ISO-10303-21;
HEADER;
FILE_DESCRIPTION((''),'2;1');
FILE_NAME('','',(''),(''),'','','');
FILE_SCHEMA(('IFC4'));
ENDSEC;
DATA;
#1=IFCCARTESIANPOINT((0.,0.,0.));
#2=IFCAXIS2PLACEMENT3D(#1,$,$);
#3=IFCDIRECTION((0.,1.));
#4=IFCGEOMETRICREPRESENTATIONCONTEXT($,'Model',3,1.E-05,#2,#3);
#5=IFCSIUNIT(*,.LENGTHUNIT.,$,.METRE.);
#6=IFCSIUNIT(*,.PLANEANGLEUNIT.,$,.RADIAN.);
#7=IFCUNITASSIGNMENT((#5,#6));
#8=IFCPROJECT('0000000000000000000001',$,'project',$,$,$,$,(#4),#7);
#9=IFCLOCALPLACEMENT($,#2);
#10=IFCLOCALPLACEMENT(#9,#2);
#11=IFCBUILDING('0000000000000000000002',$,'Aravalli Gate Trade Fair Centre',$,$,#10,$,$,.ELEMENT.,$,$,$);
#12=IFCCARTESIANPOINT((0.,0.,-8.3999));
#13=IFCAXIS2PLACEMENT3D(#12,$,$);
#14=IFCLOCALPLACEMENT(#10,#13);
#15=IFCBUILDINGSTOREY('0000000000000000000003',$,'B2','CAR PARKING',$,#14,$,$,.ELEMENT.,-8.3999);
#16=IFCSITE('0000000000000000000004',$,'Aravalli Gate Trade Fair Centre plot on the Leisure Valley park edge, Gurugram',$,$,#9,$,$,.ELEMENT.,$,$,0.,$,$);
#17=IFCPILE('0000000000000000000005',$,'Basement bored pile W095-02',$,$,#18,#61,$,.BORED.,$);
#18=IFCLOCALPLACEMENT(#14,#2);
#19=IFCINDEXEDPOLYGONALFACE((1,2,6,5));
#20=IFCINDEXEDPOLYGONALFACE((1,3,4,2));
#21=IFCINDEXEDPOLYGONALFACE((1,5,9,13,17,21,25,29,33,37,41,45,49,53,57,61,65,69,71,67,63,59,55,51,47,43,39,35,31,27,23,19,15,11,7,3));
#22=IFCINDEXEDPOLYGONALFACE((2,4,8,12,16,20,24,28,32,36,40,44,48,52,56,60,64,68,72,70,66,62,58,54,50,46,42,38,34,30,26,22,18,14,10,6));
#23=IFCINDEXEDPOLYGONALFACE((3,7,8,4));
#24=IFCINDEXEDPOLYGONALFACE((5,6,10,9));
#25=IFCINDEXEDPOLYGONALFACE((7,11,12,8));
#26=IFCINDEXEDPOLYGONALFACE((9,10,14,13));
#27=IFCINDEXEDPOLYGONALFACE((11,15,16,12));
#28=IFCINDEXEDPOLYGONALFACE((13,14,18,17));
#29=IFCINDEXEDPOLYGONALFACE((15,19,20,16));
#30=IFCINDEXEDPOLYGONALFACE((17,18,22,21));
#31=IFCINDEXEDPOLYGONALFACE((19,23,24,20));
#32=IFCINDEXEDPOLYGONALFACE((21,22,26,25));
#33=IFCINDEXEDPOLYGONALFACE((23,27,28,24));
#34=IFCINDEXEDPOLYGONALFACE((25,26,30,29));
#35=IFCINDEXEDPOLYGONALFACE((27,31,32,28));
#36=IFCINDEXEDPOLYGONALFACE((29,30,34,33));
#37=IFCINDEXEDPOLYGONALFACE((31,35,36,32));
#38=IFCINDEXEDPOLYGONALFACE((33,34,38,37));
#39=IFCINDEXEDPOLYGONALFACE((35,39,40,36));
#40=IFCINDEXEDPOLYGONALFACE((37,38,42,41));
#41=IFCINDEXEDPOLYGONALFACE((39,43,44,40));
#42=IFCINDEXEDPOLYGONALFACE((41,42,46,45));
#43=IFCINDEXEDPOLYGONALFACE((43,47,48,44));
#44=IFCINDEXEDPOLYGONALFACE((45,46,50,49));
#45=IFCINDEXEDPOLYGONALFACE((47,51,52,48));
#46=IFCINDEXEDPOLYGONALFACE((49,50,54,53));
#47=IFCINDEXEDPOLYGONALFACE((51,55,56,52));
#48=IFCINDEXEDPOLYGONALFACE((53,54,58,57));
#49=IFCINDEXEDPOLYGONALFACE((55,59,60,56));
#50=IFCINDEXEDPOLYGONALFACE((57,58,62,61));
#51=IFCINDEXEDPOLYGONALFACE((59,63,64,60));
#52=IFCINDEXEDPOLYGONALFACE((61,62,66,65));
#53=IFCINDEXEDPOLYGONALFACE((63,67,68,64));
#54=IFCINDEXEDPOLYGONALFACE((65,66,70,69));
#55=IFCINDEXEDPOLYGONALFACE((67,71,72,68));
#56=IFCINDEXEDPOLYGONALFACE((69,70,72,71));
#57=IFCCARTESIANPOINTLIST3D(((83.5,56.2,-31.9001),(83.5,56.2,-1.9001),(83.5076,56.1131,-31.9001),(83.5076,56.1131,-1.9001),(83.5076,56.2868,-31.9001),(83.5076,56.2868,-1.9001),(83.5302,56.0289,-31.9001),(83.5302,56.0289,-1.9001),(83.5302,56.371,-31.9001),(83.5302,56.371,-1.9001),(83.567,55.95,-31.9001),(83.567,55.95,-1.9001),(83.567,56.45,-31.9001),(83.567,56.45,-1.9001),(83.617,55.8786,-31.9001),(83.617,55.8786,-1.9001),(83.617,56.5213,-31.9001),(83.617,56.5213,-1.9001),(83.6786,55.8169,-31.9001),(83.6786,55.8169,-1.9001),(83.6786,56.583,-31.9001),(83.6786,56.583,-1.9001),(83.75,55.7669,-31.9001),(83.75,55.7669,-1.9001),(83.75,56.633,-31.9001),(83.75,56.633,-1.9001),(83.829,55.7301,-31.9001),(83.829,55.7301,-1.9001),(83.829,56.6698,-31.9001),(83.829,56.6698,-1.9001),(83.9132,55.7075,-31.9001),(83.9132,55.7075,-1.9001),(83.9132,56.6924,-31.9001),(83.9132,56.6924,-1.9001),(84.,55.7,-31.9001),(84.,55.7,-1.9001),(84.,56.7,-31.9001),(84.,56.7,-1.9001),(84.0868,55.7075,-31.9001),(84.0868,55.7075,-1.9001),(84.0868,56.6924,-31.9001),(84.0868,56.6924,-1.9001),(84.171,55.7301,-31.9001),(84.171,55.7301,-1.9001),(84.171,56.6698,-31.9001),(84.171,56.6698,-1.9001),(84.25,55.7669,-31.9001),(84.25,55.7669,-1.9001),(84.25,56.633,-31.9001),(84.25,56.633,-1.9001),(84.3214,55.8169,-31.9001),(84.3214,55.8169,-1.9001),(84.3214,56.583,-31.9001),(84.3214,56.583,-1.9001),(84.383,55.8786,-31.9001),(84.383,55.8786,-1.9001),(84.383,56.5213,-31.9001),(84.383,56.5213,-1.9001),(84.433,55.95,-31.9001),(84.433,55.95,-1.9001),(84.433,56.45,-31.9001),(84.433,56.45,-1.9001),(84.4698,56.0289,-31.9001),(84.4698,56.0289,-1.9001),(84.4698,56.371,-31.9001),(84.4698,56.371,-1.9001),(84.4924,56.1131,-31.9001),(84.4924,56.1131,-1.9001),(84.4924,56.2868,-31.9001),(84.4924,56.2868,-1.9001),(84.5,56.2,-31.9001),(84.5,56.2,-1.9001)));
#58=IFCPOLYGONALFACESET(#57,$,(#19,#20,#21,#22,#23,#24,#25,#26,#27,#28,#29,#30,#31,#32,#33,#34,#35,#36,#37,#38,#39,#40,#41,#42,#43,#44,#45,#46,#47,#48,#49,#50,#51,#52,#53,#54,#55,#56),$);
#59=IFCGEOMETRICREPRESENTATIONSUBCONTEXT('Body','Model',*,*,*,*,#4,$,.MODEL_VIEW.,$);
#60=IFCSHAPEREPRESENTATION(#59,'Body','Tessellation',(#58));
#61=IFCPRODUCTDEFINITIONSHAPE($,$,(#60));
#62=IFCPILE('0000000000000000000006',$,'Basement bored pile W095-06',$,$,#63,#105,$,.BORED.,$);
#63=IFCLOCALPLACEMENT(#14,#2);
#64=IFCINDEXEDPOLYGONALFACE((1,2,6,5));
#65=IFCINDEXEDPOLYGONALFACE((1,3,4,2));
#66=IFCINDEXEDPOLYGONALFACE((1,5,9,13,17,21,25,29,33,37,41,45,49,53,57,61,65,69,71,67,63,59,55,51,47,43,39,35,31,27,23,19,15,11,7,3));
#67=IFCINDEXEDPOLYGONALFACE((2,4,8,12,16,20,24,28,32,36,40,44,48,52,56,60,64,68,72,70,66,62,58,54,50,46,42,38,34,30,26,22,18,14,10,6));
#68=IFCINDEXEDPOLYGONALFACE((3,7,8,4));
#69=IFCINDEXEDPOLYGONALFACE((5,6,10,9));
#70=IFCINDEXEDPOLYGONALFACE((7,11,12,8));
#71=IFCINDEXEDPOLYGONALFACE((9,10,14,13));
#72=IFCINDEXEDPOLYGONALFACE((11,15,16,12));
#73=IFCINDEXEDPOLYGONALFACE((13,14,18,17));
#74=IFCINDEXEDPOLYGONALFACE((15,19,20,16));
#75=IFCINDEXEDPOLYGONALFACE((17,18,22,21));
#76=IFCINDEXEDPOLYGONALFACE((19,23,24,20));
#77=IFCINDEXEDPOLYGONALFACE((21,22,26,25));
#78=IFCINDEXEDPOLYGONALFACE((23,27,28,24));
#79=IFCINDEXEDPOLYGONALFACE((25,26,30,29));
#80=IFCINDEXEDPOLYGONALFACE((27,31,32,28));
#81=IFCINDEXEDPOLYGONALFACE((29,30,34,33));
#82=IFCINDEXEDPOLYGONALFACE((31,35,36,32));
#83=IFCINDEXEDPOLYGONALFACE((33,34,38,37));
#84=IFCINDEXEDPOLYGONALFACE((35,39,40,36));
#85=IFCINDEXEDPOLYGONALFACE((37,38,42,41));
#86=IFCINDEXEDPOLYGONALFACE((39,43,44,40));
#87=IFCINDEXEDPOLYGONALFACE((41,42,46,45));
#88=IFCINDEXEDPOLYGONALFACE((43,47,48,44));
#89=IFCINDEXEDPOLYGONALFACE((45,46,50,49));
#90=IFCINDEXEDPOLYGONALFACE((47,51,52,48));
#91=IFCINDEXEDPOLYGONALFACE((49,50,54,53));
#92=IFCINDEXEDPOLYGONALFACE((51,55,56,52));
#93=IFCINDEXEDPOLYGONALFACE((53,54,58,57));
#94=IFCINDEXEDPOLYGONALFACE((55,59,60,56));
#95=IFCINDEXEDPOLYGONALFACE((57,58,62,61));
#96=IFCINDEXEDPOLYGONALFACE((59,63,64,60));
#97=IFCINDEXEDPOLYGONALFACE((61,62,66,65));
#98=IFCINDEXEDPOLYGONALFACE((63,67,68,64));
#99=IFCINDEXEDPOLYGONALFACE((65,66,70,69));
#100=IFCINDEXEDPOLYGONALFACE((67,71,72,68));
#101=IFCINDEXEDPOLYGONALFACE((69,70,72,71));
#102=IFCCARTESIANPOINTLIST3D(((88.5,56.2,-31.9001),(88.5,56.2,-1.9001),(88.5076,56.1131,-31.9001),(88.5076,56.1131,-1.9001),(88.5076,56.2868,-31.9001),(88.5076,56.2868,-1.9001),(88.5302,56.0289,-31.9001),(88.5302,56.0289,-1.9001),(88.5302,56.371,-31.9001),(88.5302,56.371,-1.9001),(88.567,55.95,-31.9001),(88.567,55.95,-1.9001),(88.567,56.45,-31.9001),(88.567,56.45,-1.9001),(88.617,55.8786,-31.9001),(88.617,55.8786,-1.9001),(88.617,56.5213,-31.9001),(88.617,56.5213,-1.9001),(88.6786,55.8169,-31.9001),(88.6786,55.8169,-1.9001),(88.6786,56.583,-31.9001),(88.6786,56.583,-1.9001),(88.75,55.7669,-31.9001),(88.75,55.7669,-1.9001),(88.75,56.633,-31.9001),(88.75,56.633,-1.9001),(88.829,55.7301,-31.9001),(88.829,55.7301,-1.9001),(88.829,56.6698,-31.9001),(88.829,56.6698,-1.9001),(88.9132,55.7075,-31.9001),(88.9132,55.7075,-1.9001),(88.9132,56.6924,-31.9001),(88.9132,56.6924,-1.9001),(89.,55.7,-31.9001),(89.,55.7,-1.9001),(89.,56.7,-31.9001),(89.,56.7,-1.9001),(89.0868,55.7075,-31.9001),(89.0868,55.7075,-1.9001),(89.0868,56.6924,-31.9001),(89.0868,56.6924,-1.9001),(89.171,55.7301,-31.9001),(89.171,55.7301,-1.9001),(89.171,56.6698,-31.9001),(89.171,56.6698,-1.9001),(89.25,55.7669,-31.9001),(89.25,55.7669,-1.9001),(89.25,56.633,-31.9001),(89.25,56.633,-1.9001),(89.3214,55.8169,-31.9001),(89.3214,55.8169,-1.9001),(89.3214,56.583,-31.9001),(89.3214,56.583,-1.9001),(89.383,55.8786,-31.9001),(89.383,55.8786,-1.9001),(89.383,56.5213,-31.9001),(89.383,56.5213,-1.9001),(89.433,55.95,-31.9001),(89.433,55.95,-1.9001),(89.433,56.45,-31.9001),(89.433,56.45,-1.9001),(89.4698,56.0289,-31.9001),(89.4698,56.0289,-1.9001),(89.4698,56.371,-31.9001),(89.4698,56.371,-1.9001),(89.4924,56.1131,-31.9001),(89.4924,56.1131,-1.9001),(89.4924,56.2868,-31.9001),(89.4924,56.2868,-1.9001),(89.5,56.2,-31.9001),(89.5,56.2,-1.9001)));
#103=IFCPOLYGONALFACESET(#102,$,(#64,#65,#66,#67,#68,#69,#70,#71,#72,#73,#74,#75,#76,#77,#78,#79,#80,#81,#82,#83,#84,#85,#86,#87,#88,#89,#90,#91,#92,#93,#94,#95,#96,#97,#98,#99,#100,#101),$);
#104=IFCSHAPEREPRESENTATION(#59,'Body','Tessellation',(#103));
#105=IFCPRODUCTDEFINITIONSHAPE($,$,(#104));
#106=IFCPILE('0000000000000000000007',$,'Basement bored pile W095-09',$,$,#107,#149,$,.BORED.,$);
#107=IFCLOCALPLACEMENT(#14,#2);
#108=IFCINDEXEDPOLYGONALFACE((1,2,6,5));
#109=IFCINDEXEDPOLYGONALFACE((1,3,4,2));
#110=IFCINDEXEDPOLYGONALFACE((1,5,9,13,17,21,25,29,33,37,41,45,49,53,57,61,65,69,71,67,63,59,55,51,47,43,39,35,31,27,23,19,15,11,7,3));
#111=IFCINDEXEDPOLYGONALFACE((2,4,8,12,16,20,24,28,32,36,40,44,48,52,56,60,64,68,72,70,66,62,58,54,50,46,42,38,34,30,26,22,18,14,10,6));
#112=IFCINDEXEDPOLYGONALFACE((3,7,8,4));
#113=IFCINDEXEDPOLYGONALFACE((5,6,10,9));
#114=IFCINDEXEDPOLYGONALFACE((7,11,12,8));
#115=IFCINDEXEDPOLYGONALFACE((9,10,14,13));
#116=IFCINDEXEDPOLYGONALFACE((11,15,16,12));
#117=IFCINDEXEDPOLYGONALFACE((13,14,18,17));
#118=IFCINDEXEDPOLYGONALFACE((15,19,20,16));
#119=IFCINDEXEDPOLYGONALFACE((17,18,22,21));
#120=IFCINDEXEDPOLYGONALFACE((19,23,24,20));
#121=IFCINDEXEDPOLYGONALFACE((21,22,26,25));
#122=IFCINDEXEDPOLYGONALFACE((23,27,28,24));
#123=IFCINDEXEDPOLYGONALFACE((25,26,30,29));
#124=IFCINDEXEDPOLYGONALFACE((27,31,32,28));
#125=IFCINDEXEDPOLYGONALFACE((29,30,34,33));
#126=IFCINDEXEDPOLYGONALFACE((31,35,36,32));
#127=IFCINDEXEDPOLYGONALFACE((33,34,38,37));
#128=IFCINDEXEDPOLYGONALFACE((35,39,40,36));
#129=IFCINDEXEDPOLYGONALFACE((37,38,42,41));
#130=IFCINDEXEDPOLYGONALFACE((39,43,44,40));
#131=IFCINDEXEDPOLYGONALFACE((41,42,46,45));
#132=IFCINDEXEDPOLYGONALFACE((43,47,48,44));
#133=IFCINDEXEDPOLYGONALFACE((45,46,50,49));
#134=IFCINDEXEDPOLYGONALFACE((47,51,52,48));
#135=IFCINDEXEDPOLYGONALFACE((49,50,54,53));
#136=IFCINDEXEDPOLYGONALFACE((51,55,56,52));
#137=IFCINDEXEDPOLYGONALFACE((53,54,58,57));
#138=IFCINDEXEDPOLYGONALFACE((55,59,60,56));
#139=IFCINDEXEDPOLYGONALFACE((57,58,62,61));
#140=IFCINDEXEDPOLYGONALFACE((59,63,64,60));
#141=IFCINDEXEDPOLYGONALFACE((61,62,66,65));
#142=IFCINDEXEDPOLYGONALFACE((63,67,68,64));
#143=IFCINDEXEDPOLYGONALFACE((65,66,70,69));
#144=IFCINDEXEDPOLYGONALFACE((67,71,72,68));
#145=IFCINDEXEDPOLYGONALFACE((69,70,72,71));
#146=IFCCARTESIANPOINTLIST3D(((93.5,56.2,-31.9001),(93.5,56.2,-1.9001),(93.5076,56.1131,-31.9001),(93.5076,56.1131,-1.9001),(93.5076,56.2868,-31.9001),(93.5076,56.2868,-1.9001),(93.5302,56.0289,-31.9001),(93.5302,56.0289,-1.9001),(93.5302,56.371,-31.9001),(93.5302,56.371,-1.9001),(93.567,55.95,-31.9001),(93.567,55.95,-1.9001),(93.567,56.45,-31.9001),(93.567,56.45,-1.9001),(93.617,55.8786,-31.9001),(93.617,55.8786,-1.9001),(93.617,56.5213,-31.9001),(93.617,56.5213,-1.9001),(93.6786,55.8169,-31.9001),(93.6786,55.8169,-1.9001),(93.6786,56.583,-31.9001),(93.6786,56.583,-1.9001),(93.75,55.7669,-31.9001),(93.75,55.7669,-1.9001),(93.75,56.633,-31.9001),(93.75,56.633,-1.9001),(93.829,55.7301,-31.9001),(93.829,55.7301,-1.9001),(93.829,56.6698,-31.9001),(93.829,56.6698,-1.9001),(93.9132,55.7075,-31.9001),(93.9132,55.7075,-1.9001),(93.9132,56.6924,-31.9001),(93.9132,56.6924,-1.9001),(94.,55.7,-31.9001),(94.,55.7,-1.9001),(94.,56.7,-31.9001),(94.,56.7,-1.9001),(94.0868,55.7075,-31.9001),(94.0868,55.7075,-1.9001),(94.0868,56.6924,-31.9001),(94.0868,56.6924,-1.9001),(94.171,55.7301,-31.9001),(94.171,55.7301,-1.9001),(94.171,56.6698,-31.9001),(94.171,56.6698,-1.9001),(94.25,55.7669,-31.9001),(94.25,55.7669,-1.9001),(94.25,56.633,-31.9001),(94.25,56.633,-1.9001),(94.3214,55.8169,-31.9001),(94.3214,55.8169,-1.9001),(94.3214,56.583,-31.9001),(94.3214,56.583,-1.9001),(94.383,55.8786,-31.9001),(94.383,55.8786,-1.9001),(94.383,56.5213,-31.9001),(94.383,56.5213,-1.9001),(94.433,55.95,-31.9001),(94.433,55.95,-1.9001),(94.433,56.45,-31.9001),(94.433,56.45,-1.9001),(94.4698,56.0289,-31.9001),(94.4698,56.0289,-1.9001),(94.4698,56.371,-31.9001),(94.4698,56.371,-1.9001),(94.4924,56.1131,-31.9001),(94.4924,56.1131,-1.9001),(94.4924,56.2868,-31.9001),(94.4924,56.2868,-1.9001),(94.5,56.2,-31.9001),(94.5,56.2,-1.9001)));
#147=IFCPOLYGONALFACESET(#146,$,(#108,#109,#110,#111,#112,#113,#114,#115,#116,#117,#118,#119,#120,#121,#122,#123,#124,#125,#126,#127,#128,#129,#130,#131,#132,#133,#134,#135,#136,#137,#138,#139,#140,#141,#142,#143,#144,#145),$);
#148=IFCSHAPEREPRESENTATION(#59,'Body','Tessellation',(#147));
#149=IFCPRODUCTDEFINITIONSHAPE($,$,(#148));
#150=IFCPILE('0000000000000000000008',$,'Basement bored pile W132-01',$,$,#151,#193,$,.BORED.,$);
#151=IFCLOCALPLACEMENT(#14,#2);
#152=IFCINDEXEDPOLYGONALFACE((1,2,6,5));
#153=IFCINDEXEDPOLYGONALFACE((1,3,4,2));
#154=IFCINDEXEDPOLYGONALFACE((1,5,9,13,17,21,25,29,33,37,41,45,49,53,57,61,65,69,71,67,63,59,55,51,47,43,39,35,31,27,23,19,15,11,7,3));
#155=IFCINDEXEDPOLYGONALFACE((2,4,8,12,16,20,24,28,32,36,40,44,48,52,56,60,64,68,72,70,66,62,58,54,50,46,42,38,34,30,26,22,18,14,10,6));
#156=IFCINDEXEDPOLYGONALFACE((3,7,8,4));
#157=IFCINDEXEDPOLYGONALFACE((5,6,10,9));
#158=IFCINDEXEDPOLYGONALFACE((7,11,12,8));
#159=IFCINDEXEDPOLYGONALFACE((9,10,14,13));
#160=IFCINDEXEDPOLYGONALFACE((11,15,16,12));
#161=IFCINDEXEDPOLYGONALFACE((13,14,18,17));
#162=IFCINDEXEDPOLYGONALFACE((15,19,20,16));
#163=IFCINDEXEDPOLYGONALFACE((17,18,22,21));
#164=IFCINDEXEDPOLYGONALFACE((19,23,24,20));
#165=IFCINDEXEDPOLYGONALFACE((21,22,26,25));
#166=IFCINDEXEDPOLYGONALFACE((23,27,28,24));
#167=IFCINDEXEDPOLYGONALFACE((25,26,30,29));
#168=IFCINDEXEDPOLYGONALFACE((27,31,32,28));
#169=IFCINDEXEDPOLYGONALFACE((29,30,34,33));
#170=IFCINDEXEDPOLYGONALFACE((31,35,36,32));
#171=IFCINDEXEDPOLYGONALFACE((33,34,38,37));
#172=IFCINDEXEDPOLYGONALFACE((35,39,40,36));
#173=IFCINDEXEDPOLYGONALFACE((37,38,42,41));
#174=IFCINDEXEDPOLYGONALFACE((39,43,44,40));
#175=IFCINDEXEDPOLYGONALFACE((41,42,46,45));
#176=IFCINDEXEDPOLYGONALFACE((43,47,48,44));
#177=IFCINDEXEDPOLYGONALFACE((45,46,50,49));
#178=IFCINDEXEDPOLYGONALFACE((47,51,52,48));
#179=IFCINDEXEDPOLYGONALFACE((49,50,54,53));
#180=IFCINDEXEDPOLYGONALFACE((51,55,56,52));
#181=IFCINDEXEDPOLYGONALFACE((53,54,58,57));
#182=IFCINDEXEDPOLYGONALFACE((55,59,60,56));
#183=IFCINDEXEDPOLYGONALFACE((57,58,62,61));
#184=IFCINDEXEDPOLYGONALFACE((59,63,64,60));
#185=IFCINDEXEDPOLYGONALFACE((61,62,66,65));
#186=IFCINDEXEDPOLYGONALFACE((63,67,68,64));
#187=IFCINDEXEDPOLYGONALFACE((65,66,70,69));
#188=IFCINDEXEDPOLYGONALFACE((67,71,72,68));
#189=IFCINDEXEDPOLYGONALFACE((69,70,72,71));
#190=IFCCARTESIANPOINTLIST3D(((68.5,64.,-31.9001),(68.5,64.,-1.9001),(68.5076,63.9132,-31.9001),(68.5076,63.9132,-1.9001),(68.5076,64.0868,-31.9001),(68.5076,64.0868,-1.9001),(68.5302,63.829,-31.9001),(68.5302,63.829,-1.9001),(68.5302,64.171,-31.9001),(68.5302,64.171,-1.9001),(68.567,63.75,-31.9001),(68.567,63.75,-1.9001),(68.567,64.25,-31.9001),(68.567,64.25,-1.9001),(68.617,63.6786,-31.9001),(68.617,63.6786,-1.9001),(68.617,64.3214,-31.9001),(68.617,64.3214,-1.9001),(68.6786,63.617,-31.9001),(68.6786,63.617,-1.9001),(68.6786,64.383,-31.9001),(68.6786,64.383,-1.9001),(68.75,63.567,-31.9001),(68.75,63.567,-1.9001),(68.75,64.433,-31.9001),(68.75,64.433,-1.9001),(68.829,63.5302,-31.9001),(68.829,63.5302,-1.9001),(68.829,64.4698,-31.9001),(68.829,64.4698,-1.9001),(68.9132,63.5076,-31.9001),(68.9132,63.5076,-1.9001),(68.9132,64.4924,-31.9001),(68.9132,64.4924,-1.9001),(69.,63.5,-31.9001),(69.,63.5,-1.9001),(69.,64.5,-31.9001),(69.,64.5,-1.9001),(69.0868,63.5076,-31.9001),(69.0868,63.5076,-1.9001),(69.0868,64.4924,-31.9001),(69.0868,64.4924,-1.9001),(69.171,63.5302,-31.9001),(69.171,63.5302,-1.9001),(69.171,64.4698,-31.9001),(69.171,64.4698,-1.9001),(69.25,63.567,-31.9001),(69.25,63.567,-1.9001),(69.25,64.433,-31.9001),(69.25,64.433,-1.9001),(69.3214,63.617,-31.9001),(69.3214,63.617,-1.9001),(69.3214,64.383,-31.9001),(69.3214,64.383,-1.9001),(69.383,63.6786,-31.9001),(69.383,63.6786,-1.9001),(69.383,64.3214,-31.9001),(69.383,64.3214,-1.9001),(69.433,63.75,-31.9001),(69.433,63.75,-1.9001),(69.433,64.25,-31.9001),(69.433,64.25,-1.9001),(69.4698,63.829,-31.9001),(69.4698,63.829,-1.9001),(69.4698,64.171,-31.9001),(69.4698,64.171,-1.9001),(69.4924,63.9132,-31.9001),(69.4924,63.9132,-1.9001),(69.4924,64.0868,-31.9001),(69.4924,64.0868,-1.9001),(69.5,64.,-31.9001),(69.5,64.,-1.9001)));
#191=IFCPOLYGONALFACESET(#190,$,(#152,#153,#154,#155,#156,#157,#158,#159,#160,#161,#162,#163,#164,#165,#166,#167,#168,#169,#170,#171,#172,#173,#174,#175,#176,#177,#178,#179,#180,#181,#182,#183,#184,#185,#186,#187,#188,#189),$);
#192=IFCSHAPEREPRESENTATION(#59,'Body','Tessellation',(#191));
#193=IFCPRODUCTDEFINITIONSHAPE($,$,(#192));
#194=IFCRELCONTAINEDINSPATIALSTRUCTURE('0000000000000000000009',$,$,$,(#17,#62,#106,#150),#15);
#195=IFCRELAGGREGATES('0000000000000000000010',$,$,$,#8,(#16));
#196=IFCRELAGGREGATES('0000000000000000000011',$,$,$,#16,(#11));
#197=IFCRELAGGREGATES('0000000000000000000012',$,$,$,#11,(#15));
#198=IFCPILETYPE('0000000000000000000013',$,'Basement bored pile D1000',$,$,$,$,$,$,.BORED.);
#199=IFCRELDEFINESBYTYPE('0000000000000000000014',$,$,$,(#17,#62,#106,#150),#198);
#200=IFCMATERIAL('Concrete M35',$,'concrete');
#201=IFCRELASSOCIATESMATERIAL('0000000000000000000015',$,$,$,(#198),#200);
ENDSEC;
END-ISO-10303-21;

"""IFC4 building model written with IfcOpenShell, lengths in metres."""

from ifc_helpers import new_model, si_unit, direction, frame, origin, origin_2d, place, context, subcontext, project, spatial, circle, extrude, material, material_profile, profile_set, type_object, element, save


model = new_model("IFC4")

# Units and contexts
model_context = context("Model", 3, precision=1e-05, world=origin(), true_north=direction((0.0, 1.0)))
body_context = subcontext(model_context, "Body", "Model", "MODEL_VIEW")
ifc_project = project(units=[si_unit("LENGTHUNIT", "METRE"), si_unit("PLANEANGLEUNIT", "RADIAN")], contexts=[model_context])

# Site, building, storey
site_placement = place(None, origin())
site = spatial("IfcSite", under=ifc_project, at=site_placement, Name="Aravalli Gate Trade Fair Centre plot on the Leisure Valley park edge, Gurugram", CompositionType="ELEMENT", RefElevation=0.0)
building_placement = place(site_placement, origin())
building = spatial("IfcBuilding", under=site, at=building_placement, Name="Aravalli Gate Trade Fair Centre", CompositionType="ELEMENT")
storey_placement = place(building_placement, frame((0.0, 0.0, -8.3999)))
storey = spatial("IfcBuildingStorey", under=building, at=storey_placement, Name="B2", Description="CAR PARKING", CompositionType="ELEMENT", Elevation=-8.3999)

# Piles
ifc_material_1 = material(Name="Concrete M35", Category="concrete")
ifc_material_profile_1 = material_profile(ifc_material_1, circle(Radius=0.5, at=origin_2d()), Name="D1000")
ifc_profile_set_1 = profile_set([ifc_material_profile_1], Name="Concrete M35")
pile_type = type_object("IfcPileType", Name="Basement bored pile D1000", PredefinedType="BORED", material=ifc_profile_set_1)
for number, where, z_axis, x_axis, name in (
    (1, (84.0, 56.2, -1.9001), (0.0, 0.0, -1.0), (1.0, 0.0, 0.0), "Basement bored pile W095-02"),
    (2, (89.0, 56.2, -1.9001), (0.0, 0.0, -1.0), (1.0, 0.0, 0.0), "Basement bored pile W095-06"),
    (3, (94.0, 56.2, -1.9001), (0.0, 0.0, -1.0), (1.0, 0.0, 0.0), "Basement bored pile W095-09"),
    (4, (69.0, 64.0, -1.9001), (0.0, 0.0, -1.0), (1.0, 0.0, 0.0), "Basement bored pile W132-01"),
):
    element("IfcPile", number, at=place(storey_placement, frame(where, z_axis=z_axis, x_axis=x_axis)), inside=storey, type_object=pile_type, Name=name, PredefinedType="BORED", context=body_context, shape_type="SweptSolid", body=[
        extrude(circle(Radius=0.5, at=origin_2d()), origin(), (0.0, 0.0, 1.0), 30.0),
    ])

save(model, "model.ifc")
